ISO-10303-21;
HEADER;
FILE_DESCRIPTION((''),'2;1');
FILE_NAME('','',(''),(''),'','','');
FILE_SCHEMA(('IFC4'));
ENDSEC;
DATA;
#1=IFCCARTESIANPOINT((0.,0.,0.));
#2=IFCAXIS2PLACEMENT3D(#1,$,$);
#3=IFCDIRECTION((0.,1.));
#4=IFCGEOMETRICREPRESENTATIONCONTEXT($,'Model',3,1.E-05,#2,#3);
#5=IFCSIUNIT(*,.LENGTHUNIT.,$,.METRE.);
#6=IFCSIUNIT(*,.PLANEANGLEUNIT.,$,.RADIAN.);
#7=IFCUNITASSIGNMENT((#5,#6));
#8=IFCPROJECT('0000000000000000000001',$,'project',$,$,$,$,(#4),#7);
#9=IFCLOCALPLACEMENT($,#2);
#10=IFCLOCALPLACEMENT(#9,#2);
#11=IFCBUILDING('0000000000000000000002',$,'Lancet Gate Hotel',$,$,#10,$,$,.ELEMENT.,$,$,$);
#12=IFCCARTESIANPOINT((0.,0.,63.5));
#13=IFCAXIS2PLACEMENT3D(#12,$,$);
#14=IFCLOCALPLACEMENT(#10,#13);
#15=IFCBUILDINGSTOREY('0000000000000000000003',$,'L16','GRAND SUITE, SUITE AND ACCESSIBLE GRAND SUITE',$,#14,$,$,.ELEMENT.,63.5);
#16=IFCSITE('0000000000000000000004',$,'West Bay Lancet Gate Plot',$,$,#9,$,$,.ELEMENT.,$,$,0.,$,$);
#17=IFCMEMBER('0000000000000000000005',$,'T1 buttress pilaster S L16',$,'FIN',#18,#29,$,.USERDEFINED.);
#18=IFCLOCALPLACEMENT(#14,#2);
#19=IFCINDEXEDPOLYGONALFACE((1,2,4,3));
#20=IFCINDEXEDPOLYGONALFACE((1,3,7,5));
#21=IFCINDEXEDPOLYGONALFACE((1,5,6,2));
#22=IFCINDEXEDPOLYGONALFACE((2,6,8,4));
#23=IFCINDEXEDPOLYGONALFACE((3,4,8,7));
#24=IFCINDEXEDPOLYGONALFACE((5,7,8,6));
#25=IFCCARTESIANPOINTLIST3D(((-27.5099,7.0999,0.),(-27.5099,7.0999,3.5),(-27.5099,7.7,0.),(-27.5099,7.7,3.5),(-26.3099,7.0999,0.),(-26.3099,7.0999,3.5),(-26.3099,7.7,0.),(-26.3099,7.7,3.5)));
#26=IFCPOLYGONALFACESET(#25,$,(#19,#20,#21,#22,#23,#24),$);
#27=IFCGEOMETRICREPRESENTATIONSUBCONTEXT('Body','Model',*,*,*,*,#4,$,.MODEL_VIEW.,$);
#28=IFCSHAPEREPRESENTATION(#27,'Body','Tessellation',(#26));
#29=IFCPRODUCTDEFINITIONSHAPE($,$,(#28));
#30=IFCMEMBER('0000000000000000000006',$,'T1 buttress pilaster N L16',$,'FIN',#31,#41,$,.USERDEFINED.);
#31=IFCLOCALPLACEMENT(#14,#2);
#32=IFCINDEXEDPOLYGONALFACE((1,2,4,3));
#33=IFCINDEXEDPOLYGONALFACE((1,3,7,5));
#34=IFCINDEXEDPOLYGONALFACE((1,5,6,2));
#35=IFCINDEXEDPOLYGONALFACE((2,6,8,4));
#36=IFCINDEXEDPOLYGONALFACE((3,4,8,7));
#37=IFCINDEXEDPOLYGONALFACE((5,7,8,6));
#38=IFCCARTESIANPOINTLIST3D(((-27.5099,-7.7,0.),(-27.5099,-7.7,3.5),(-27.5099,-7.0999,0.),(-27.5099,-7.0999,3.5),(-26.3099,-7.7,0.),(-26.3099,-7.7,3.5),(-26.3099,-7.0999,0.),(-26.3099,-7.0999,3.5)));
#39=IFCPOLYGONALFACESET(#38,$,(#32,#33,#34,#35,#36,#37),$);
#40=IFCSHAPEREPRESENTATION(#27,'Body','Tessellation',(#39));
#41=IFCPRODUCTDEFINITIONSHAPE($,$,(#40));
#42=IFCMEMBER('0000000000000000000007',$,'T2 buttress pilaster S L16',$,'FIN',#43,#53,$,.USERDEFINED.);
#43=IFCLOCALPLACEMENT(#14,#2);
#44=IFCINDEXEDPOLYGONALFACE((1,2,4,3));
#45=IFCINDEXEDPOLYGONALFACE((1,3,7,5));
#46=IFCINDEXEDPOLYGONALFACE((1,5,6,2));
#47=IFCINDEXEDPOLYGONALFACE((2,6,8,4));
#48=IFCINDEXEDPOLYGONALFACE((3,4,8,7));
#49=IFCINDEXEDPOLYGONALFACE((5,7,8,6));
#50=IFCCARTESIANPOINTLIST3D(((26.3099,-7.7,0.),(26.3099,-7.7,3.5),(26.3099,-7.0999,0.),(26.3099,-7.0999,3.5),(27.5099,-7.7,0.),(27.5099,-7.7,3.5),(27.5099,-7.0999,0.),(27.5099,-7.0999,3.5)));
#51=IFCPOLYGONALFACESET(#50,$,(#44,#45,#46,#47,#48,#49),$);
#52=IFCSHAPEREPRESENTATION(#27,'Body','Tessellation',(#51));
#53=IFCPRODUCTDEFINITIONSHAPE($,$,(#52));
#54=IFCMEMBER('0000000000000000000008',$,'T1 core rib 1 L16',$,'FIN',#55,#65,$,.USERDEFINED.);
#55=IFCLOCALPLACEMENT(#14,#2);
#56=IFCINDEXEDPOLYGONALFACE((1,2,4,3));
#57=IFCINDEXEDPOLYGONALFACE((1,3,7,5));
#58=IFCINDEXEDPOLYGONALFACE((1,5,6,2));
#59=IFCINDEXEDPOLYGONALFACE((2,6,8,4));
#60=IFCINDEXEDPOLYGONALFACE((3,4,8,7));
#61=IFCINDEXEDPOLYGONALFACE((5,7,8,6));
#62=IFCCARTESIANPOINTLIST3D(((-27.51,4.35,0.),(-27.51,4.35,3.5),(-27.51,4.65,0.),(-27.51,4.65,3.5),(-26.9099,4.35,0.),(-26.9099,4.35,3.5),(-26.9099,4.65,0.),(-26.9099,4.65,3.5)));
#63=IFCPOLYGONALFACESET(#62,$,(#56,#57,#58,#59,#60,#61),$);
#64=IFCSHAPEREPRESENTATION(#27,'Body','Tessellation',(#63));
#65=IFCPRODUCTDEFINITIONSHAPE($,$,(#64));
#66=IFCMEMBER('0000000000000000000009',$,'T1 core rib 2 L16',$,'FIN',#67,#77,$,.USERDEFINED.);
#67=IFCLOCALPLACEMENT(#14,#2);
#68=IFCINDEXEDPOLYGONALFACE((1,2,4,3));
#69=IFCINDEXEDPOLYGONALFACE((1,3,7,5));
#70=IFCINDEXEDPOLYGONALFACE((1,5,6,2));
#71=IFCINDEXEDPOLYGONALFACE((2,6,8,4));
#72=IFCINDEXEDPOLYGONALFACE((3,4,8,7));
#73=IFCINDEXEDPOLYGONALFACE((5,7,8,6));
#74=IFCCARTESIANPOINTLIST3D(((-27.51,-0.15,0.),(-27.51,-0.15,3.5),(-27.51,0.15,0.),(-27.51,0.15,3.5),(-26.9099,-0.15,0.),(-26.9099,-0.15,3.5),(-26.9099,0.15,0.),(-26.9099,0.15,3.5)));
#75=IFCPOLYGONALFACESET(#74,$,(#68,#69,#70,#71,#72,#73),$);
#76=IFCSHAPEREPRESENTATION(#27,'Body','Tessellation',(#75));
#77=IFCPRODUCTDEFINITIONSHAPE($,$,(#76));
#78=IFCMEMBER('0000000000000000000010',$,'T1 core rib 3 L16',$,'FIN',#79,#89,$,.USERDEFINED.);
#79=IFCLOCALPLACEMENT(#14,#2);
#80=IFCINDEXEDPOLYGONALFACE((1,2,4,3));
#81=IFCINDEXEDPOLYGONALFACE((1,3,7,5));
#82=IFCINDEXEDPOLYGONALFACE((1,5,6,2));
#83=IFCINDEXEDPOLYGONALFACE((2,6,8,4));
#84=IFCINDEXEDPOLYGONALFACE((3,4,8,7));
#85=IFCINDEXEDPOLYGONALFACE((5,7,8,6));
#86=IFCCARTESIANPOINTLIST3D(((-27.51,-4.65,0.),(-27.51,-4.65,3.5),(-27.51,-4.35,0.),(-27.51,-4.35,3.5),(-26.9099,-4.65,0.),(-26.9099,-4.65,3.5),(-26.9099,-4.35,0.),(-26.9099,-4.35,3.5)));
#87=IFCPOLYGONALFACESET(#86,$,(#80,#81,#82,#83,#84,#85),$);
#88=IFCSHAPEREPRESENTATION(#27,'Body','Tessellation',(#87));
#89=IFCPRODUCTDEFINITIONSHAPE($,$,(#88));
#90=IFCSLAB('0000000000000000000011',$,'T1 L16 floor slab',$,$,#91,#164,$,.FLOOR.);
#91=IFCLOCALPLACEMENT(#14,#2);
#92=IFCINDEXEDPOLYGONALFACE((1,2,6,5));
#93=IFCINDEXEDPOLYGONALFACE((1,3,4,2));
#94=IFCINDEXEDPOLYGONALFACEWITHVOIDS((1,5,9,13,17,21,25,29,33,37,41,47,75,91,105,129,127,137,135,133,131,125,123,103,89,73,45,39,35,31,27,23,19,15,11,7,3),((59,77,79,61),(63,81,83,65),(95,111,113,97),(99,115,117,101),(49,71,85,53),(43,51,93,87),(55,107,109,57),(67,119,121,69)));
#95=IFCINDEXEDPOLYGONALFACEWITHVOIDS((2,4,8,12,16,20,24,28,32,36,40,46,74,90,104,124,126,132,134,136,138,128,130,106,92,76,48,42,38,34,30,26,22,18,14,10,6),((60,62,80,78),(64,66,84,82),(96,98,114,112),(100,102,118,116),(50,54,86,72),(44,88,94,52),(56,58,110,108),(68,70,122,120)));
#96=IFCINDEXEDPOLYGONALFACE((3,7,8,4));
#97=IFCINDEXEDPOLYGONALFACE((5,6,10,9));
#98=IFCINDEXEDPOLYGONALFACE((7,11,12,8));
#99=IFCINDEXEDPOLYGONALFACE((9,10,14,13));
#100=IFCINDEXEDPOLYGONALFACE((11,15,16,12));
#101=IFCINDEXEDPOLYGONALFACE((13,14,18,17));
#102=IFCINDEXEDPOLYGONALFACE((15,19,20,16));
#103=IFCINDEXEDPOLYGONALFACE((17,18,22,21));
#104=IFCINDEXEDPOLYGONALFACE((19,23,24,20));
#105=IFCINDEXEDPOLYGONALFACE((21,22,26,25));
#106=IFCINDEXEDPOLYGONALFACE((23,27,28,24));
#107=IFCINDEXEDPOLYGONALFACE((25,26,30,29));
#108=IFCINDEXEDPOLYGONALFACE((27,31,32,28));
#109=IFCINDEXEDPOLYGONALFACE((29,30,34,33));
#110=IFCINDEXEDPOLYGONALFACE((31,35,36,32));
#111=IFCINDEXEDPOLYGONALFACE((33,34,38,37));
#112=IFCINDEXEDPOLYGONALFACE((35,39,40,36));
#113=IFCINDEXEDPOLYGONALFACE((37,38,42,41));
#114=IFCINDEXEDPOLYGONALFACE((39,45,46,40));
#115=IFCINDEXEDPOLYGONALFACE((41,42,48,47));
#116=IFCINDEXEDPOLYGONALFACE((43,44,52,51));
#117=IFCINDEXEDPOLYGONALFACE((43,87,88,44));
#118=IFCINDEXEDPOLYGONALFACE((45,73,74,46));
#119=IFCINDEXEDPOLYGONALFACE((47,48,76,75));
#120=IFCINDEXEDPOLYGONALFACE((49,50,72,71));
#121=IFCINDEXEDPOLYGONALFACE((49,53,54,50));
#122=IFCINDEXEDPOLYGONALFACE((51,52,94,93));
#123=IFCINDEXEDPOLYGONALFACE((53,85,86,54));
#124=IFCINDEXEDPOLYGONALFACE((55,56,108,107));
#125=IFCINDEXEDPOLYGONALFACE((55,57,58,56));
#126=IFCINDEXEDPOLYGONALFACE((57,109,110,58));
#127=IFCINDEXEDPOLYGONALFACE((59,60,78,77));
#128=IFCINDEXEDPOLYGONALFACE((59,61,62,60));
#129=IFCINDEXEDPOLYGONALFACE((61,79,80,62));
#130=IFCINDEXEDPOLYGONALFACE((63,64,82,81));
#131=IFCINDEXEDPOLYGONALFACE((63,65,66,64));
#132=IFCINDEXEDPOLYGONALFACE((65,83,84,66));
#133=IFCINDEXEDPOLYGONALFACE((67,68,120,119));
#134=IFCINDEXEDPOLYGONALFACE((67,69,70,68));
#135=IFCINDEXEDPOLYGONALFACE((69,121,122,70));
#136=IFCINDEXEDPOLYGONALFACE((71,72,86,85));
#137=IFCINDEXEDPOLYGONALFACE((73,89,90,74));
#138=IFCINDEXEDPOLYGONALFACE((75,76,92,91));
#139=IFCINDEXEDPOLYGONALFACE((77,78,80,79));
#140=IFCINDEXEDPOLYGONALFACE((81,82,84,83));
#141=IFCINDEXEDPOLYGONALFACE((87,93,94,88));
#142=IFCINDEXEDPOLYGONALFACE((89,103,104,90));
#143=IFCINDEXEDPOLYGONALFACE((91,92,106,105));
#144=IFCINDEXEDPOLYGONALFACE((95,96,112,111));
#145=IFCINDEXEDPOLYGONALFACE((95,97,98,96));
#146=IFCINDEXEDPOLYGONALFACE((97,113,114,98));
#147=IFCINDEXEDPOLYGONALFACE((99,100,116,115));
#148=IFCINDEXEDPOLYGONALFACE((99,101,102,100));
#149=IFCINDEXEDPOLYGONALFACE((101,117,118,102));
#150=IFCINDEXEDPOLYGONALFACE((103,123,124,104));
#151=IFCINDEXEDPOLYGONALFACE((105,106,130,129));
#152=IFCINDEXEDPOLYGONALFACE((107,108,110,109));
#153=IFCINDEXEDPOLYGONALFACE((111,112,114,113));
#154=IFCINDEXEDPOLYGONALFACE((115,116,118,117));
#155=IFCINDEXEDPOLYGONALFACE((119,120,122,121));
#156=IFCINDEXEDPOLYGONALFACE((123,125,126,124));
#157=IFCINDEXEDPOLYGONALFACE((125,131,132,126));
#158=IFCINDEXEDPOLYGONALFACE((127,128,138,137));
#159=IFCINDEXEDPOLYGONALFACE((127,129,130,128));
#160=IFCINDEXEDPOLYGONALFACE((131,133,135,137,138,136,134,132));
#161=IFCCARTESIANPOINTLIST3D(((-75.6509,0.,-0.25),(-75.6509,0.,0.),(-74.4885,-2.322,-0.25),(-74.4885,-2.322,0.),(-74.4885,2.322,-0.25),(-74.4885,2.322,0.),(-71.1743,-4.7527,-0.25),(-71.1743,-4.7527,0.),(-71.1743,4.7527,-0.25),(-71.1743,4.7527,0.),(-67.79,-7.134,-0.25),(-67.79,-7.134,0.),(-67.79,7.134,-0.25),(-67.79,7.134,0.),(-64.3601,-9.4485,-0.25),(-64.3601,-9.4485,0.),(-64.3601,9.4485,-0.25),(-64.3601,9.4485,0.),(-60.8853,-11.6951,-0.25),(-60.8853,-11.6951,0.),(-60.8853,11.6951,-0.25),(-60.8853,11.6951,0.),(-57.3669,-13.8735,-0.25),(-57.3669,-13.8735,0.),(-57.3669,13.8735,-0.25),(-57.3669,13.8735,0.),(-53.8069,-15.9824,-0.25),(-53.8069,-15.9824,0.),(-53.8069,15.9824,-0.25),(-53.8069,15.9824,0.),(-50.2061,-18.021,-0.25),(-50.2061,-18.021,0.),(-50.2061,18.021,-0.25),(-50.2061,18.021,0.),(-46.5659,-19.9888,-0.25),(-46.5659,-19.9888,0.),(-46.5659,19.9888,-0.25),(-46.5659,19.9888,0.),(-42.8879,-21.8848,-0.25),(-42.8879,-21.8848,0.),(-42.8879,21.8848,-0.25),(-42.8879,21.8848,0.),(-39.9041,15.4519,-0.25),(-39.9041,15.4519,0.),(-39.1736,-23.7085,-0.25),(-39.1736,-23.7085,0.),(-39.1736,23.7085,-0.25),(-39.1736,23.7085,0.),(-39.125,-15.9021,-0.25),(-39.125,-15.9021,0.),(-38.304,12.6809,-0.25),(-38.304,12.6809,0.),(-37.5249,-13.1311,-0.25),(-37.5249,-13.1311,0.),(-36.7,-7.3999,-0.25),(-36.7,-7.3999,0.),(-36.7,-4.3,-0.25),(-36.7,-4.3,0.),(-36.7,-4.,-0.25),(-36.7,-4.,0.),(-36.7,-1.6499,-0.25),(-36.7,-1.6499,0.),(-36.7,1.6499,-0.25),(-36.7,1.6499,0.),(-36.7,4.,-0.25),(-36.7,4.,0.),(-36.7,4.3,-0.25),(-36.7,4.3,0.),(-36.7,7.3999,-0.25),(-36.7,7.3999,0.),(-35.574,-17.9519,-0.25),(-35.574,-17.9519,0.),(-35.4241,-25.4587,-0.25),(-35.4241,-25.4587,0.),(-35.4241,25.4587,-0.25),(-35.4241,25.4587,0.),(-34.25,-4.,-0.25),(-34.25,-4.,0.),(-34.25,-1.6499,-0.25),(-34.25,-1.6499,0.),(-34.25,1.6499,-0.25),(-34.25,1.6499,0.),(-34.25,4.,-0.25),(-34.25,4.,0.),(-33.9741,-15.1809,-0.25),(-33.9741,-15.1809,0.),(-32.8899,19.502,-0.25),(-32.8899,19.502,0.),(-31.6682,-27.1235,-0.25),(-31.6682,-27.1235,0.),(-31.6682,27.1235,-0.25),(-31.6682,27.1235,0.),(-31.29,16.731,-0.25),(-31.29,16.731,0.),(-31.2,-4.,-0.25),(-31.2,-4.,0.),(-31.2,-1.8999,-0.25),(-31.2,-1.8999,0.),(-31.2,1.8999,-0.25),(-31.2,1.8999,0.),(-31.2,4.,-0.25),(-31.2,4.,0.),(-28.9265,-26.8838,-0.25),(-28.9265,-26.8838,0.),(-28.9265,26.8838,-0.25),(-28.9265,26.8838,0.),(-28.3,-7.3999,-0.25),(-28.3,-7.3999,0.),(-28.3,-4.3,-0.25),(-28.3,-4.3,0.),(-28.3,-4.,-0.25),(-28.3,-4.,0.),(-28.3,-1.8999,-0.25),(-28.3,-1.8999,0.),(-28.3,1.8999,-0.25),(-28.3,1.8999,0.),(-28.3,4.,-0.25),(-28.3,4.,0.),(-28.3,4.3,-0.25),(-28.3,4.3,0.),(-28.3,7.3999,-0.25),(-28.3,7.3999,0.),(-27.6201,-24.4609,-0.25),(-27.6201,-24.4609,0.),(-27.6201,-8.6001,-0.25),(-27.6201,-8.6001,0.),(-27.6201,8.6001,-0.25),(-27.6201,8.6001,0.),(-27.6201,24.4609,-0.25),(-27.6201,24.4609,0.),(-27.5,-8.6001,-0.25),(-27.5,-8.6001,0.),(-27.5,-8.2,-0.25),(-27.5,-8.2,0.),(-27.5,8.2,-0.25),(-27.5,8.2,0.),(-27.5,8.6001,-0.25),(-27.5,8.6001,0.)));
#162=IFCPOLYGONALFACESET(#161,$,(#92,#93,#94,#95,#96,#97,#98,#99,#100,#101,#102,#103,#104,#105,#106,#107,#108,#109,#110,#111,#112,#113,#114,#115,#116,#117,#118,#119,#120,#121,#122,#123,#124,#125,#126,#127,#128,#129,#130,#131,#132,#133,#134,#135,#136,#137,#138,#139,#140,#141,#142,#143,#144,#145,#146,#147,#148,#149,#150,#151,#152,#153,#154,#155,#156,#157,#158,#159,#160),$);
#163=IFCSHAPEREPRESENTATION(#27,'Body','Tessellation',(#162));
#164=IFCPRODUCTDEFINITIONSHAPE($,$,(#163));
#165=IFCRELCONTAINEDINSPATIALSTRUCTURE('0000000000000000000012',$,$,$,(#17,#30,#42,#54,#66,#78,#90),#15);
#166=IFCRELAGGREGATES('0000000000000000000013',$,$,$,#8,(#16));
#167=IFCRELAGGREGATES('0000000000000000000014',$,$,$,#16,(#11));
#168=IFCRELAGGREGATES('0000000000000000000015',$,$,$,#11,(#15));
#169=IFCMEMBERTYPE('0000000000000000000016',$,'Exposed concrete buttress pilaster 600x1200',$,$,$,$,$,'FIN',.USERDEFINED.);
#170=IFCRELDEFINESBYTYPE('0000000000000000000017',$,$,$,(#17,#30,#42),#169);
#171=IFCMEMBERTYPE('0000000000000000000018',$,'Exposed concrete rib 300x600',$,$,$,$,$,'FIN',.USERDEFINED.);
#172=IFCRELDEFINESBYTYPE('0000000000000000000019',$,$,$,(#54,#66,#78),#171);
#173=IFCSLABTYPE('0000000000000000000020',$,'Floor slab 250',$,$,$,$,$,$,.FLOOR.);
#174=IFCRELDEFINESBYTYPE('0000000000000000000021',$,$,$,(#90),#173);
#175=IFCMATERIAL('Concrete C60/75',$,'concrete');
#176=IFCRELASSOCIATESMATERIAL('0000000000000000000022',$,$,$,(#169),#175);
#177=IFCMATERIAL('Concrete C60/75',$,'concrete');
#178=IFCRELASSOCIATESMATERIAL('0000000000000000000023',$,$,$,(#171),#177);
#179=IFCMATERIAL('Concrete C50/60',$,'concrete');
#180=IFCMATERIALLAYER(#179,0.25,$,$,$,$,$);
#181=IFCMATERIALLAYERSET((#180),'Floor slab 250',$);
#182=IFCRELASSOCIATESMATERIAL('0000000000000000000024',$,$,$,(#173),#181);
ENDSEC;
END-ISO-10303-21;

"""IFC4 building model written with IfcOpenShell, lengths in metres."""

from ifc_helpers import new_model, si_unit, direction, frame, origin, origin_2d, place, context, subcontext, project, spatial, polyline, rectangle, outline, extrude, material, layer, layer_set, material_profile, profile_set, type_object, element, save


model = new_model("IFC4")

# Units and contexts
model_context = context("Model", 3, precision=1e-05, world=origin(), true_north=direction((0.0, 1.0)))
body_context = subcontext(model_context, "Body", "Model", "MODEL_VIEW")
ifc_project = project(units=[si_unit("LENGTHUNIT", "METRE"), si_unit("PLANEANGLEUNIT", "RADIAN")], contexts=[model_context])

# Site, building, storey
site_placement = place(None, origin())
site = spatial("IfcSite", under=ifc_project, at=site_placement, Name="West Bay Lancet Gate Plot", CompositionType="ELEMENT", RefElevation=0.0)
building_placement = place(site_placement, origin())
building = spatial("IfcBuilding", under=site, at=building_placement, Name="Lancet Gate Hotel", CompositionType="ELEMENT")
storey_placement = place(building_placement, frame((0.0, 0.0, 63.5)))
storey = spatial("IfcBuildingStorey", under=building, at=storey_placement, Name="L16", Description="GRAND SUITE, SUITE AND ACCESSIBLE GRAND SUITE", CompositionType="ELEMENT", Elevation=63.5)

# Members
ifc_material_1 = material(Name="Concrete C60/75", Category="concrete")
ifc_material_profile_1 = material_profile(ifc_material_1, rectangle(XDim=0.6001, YDim=1.2, at=origin_2d()), Name="FIN 600x1200")
ifc_profile_set_1 = profile_set([ifc_material_profile_1], Name="Concrete C60/75")
member_type_1 = type_object("IfcMemberType", Name="Exposed concrete buttress pilaster 600x1200", ElementType="FIN", PredefinedType="USERDEFINED", material=ifc_profile_set_1)
for number, where, z_axis, x_axis, name in (
    (1, (-26.9099, 7.3999, 0.0), (0.0, 0.0, 1.0), (0.0, 1.0, 0.0), "T1 buttress pilaster S L16"),
    (2, (-26.9099, -7.3999, 0.0), (0.0, 0.0, 1.0), (0.0, 1.0, 0.0), "T1 buttress pilaster N L16"),
    (3, (26.9099, -7.3999, 0.0), (0.0, 0.0, 1.0), (0.0, 1.0, 0.0), "T2 buttress pilaster S L16"),
):
    element("IfcMember", number, at=place(storey_placement, frame(where, z_axis=z_axis, x_axis=x_axis)), inside=storey, type_object=member_type_1, Name=name, ObjectType="FIN", PredefinedType="USERDEFINED", context=body_context, shape_type="SweptSolid", body=[
        extrude(rectangle(XDim=0.6001, YDim=1.2, at=origin_2d()), origin(), (0.0, 0.0, 1.0), 3.5),
    ])
ifc_material_2 = material(Name="Concrete C60/75", Category="concrete")
ifc_material_profile_2 = material_profile(ifc_material_2, rectangle(XDim=0.3, YDim=0.6001, at=origin_2d()), Name="FIN 300x600")
ifc_profile_set_2 = profile_set([ifc_material_profile_2], Name="Concrete C60/75")
member_type_2 = type_object("IfcMemberType", Name="Exposed concrete rib 300x600", ElementType="FIN", PredefinedType="USERDEFINED", material=ifc_profile_set_2)
for number, where, z_axis, x_axis, name in (
    (4, (-27.21, 4.5, 0.0), (0.0, 0.0, 1.0), (0.0, 1.0, 0.0), "T1 core rib 1 L16"),
    (5, (-27.21, 0.0, 0.0), (0.0, 0.0, 1.0), (0.0, 1.0, 0.0), "T1 core rib 2 L16"),
    (6, (-27.21, -4.5, 0.0), (0.0, 0.0, 1.0), (0.0, 1.0, 0.0), "T1 core rib 3 L16"),
):
    element("IfcMember", number, at=place(storey_placement, frame(where, z_axis=z_axis, x_axis=x_axis)), inside=storey, type_object=member_type_2, Name=name, ObjectType="FIN", PredefinedType="USERDEFINED", context=body_context, shape_type="SweptSolid", body=[
        extrude(rectangle(XDim=0.3, YDim=0.6001, at=origin_2d()), origin(), (0.0, 0.0, 1.0), 3.5),
    ])

# Slab
ifc_material_3 = material(Name="Concrete C50/60", Category="concrete")
ifc_layer_1 = layer(ifc_material_3, 0.25)
ifc_layer_set_1 = layer_set([ifc_layer_1], Name="Floor slab 250")
slab_type_1 = type_object("IfcSlabType", Name="Floor slab 250", PredefinedType="FLOOR", material=ifc_layer_set_1)
slab_1_placement = place(storey_placement, frame((0.0, 0.0, -0.25)))
element("IfcSlab", 7, at=slab_1_placement, inside=storey, type_object=slab_type_1, Name="T1 L16 floor slab", PredefinedType="FLOOR", context=body_context, shape_type="SweptSolid", body=[
    extrude(outline(polyline([(-27.5, 8.6001), (-27.6201, 8.6001), (-27.6201, 24.4609), (-28.9265, 26.8838), (-31.6682, 27.1235), (-35.4241, 25.4587), (-39.1736, 23.7085), (-42.8879, 21.8848), (-46.5659, 19.9888), (-50.2061, 18.021), (-53.8069, 15.9824), (-57.3669, 13.8735), (-60.8853, 11.6951), (-64.3601, 9.4485), (-67.79, 7.134), (-71.1743, 4.7527), (-74.4885, 2.322), (-75.6509, 0.0), (-74.4885, -2.322), (-71.1743, -4.7527), (-67.79, -7.134), (-64.3601, -9.4485), (-60.8853, -11.6951), (-57.3669, -13.8735), (-53.8069, -15.9824), (-50.2061, -18.021), (-46.5659, -19.9888), (-42.8879, -21.8848), (-39.1736, -23.7085), (-35.4241, -25.4587), (-31.6682, -27.1235), (-28.9265, -26.8838), (-27.6201, -24.4609), (-27.6201, -8.6001), (-27.5, -8.6001), (-27.5, -8.2), (-27.5, 8.2), (-27.5, 8.6001)]), holes=[polyline([(-36.7, 7.3999), (-36.7, 4.3), (-28.3, 4.3), (-28.3, 7.3999), (-36.7, 7.3999)]), polyline([(-28.3, 4.0), (-31.2, 4.0), (-31.2, 1.8999), (-28.3, 1.8999), (-28.3, 4.0)]), polyline([(-34.25, 4.0), (-36.7, 4.0), (-36.7, 1.6499), (-34.25, 1.6499), (-34.25, 4.0)]), polyline([(-36.7, -1.6499), (-36.7, -4.0), (-34.25, -4.0), (-34.25, -1.6499), (-36.7, -1.6499)]), polyline([(-28.3, -1.8999), (-31.2, -1.8999), (-31.2, -4.0), (-28.3, -4.0), (-28.3, -1.8999)]), polyline([(-28.3, -4.3), (-36.7, -4.3), (-36.7, -7.3999), (-28.3, -7.3999), (-28.3, -4.3)]), polyline([(-31.29, 16.731), (-32.8899, 19.502), (-39.9041, 15.4519), (-38.304, 12.6809), (-31.29, 16.731)]), polyline([(-33.9741, -15.1809), (-37.5249, -13.1311), (-39.125, -15.9021), (-35.574, -17.9519), (-33.9741, -15.1809)])]), origin(), (0.0, 0.0, 1.0), 0.25),
])

save(model, "model.ifc")
